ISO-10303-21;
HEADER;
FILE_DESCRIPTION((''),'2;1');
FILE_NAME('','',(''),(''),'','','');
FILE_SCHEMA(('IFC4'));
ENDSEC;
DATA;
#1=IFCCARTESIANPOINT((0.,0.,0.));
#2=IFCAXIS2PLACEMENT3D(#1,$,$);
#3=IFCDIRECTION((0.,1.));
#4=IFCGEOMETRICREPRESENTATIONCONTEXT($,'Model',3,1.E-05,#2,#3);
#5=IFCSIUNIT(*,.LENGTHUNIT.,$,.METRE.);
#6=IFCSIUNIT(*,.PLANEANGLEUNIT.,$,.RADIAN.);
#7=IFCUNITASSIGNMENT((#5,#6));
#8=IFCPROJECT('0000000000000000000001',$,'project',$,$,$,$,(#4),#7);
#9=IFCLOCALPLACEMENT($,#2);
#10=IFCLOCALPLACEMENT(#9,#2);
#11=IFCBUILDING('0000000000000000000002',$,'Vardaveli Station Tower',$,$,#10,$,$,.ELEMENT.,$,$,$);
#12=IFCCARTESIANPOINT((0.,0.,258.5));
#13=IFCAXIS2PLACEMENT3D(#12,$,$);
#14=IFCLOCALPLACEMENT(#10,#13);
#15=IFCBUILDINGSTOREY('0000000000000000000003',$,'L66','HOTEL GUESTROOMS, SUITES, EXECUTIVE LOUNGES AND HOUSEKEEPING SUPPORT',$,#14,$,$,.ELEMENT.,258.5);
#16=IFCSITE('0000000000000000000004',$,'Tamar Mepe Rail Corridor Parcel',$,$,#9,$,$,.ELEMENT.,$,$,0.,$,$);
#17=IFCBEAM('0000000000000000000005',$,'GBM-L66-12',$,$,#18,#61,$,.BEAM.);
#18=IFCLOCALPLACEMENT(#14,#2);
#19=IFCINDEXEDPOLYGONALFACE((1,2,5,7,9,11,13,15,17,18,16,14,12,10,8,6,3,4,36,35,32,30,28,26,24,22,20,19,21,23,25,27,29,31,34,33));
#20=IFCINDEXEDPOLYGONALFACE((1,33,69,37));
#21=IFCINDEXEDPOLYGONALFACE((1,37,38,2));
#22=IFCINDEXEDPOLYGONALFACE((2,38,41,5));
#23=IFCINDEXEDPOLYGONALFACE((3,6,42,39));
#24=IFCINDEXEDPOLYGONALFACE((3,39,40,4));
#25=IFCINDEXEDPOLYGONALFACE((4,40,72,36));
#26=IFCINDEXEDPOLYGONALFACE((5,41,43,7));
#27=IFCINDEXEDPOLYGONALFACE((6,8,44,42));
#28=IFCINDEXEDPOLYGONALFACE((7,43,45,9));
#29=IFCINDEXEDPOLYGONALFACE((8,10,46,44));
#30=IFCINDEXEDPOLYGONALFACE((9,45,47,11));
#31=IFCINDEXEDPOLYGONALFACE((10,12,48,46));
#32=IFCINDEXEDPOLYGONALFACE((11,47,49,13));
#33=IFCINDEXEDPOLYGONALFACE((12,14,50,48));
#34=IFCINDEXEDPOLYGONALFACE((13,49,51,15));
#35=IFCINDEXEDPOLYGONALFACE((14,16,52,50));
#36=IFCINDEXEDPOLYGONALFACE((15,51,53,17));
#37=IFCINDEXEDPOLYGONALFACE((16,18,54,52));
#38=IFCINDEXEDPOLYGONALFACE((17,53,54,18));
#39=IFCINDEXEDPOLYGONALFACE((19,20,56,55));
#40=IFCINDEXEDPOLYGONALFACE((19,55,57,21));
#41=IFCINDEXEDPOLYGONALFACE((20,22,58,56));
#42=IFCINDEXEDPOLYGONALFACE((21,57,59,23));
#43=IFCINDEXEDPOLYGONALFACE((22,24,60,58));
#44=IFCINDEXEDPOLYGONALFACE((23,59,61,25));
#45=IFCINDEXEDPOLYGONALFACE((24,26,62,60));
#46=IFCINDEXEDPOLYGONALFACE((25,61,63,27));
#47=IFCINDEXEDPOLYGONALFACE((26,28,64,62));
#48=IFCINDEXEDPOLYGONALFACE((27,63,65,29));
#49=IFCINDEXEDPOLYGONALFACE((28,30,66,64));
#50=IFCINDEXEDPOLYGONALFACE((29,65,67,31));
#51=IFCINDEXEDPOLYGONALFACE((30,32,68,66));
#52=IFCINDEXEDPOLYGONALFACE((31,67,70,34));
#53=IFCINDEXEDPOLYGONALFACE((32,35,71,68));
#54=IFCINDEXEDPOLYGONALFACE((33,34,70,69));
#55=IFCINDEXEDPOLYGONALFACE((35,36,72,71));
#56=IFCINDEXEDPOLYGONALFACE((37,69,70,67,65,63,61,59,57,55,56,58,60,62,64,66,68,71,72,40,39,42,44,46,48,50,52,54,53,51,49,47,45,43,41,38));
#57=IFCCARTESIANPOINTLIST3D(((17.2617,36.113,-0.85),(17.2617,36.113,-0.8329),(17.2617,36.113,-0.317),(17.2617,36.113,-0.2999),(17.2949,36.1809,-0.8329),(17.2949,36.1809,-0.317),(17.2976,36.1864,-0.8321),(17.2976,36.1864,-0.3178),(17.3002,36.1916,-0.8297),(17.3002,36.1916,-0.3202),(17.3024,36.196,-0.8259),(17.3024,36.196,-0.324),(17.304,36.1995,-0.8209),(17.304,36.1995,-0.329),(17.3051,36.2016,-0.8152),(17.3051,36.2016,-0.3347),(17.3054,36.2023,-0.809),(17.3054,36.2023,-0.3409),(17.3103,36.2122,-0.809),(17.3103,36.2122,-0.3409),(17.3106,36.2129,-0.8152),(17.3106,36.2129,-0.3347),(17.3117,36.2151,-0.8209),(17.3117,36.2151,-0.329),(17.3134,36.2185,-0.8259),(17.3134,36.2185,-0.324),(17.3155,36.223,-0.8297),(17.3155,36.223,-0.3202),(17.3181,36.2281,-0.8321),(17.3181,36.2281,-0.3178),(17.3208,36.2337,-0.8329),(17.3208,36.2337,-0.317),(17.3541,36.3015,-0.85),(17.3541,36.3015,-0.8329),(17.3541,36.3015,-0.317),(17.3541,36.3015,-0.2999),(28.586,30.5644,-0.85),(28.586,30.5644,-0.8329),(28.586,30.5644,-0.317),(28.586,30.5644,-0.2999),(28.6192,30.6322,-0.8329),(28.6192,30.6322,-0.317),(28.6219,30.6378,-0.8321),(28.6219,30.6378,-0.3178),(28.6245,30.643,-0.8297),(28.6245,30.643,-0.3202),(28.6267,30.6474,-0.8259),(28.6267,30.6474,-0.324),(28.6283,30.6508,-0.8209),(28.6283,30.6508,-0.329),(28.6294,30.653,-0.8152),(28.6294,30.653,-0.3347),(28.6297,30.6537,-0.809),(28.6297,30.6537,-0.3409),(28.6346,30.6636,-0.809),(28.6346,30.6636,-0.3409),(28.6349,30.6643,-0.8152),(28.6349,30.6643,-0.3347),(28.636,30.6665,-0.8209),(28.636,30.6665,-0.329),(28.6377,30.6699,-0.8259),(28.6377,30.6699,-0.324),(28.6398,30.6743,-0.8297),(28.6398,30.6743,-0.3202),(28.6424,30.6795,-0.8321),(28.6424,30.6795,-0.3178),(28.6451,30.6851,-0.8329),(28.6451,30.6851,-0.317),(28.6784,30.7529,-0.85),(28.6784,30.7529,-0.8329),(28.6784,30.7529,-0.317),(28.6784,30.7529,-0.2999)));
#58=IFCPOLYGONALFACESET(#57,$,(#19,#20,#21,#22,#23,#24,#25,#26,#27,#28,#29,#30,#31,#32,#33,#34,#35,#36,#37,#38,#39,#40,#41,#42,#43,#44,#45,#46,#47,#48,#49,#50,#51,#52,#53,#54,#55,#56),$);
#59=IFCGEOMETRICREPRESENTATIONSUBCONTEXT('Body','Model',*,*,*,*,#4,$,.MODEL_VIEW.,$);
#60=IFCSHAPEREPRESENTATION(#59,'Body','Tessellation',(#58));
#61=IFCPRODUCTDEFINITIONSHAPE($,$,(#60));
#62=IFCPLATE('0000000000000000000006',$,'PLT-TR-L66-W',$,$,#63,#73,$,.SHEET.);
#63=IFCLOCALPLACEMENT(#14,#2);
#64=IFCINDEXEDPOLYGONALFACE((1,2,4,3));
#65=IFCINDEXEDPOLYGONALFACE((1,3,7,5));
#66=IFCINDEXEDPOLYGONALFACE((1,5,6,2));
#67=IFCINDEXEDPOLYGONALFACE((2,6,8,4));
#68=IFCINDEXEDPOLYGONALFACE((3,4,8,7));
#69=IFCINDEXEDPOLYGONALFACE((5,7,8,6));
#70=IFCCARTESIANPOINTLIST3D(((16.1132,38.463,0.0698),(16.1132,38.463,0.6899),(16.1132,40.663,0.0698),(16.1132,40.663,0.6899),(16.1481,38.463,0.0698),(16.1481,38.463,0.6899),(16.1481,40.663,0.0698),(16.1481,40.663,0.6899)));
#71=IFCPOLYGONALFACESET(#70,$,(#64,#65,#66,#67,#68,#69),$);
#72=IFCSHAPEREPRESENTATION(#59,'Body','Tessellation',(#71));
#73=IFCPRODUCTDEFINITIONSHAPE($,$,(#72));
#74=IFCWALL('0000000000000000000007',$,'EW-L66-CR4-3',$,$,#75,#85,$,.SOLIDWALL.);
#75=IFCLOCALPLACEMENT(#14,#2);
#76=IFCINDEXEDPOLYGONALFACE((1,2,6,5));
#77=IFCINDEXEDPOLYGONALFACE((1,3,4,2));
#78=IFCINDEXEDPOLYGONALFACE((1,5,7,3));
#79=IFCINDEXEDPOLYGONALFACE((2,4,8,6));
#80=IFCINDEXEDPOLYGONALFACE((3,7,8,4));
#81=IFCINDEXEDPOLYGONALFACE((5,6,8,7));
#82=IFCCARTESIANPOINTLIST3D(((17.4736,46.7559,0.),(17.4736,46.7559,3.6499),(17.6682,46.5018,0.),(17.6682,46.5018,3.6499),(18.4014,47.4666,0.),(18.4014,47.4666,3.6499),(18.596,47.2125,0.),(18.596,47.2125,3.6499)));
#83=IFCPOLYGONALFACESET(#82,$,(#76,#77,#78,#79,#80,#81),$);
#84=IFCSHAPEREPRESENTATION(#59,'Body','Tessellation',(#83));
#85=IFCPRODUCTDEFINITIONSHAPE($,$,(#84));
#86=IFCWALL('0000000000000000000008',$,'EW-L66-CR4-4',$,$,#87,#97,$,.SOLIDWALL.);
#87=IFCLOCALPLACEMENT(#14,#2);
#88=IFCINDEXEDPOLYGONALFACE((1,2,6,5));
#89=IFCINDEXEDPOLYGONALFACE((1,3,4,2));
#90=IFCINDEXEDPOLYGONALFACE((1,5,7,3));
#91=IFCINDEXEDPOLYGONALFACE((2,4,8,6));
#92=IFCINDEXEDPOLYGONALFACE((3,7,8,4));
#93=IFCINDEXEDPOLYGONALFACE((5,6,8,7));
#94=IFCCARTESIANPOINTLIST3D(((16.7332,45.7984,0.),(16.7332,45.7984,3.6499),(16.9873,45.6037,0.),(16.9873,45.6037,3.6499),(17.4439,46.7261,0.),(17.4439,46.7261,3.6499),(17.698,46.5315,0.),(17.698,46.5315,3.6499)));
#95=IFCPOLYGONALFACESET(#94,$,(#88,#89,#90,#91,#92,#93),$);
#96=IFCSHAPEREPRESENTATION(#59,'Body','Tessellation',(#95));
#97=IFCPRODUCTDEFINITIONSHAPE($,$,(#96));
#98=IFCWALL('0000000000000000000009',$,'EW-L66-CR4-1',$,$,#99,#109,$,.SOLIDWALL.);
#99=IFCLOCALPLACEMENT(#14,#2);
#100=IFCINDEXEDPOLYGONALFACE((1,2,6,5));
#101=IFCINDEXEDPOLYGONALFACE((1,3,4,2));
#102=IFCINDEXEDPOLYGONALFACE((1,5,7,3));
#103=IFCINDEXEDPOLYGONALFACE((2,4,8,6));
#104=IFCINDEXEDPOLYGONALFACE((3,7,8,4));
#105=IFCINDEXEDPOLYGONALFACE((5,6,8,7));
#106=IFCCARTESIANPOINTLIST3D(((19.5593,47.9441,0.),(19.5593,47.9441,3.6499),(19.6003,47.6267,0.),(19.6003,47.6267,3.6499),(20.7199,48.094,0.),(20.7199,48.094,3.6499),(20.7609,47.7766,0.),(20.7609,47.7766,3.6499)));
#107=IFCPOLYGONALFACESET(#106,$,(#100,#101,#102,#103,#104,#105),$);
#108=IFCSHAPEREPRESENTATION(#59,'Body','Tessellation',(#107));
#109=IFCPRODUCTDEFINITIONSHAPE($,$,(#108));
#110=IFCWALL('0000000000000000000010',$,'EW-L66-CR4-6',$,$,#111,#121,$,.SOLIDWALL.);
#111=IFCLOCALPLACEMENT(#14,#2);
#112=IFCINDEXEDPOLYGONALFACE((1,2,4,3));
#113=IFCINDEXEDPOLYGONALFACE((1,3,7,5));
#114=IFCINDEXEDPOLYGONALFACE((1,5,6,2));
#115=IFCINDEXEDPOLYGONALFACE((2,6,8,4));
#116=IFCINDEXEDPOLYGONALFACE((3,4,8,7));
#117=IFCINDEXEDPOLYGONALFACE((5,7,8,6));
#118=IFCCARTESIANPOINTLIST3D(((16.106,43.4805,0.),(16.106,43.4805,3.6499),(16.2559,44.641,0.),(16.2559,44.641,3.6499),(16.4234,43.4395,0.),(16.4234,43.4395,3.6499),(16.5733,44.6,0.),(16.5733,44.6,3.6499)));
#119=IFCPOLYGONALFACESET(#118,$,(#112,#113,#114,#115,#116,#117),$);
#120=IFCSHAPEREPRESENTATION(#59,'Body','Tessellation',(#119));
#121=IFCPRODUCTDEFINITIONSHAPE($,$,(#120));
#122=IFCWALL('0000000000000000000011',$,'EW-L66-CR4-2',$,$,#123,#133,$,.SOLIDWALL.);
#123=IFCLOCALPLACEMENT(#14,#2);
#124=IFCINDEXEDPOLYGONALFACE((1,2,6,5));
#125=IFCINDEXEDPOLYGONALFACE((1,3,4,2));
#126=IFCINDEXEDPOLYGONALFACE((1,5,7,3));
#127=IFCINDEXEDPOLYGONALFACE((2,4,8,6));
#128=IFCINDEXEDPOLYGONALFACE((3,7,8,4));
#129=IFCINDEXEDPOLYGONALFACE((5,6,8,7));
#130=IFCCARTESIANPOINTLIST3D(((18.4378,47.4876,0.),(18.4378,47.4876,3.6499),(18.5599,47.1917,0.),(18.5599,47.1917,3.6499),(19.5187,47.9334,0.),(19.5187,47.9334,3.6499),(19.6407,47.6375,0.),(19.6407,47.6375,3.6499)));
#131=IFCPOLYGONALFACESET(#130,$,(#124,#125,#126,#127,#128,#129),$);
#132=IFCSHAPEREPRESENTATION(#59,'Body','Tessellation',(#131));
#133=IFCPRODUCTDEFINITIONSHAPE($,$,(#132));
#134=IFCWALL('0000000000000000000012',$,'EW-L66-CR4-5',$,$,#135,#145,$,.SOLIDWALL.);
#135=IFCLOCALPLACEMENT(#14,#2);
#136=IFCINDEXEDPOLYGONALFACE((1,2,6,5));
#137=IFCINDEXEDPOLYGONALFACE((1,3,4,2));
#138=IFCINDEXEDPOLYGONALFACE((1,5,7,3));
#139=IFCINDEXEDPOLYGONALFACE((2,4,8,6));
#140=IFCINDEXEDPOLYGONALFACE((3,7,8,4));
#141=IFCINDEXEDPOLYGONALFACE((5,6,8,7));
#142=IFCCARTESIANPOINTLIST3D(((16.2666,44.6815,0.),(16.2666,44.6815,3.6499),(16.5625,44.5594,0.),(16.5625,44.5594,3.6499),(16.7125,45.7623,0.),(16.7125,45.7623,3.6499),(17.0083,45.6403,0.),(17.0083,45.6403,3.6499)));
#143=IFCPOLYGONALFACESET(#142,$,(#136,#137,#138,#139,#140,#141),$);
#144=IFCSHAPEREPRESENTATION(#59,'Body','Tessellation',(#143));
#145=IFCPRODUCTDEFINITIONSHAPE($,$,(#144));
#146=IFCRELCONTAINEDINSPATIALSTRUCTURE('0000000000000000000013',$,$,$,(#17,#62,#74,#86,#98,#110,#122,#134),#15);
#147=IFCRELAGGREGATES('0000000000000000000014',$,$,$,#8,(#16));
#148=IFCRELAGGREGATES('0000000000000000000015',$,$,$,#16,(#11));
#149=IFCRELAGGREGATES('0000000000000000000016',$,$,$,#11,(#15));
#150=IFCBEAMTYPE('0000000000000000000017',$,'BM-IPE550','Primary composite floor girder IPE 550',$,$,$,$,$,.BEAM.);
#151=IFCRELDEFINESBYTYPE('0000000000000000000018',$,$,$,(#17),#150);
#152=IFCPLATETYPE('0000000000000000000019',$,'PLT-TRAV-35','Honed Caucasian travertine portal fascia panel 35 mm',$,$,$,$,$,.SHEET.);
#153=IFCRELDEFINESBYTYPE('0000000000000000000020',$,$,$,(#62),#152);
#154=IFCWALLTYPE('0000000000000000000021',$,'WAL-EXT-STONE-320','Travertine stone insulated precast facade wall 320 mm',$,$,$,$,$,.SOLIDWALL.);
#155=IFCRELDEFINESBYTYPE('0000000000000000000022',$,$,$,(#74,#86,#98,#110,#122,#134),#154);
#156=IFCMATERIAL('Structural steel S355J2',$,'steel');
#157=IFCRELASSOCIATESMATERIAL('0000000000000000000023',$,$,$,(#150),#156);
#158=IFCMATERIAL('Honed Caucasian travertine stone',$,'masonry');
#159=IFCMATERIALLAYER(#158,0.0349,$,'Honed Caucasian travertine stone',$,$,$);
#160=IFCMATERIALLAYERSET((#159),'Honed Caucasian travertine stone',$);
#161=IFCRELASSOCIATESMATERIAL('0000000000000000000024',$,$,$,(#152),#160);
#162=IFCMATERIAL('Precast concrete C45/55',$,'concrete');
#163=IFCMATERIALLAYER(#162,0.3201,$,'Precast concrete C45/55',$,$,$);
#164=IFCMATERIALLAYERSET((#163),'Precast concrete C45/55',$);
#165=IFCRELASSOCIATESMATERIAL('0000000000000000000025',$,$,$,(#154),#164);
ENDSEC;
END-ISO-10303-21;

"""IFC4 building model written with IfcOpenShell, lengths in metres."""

from ifc_helpers import new_model, si_unit, direction, frame, frame_2d, origin, origin_2d, place, context, subcontext, project, spatial, rectangle, i_section, extrude, source, transform, mapped, material, layer, layer_set, material_profile, profile_set, type_object, element, save


model = new_model("IFC4")

# Units and contexts
model_context = context("Model", 3, precision=1e-05, world=origin(), true_north=direction((0.0, 1.0)))
body_context = subcontext(model_context, "Body", "Model", "MODEL_VIEW")
ifc_project = project(units=[si_unit("LENGTHUNIT", "METRE"), si_unit("PLANEANGLEUNIT", "RADIAN")], contexts=[model_context])

# Site, building, storey
site_placement = place(None, origin())
site = spatial("IfcSite", under=ifc_project, at=site_placement, Name="Tamar Mepe Rail Corridor Parcel", CompositionType="ELEMENT", RefElevation=0.0)
building_placement = place(site_placement, origin())
building = spatial("IfcBuilding", under=site, at=building_placement, Name="Vardaveli Station Tower", CompositionType="ELEMENT")
storey_placement = place(building_placement, frame((0.0, 0.0, 258.5)))
storey = spatial("IfcBuildingStorey", under=building, at=storey_placement, Name="L66", Description="HOTEL GUESTROOMS, SUITES, EXECUTIVE LOUNGES AND HOUSEKEEPING SUPPORT", CompositionType="ELEMENT", Elevation=258.5)

# Beam
ifc_material_1 = material(Name="Precast concrete C45/55", Category="concrete")
ifc_material_2 = material(Name="Structural steel S355J2", Category="steel")
ifc_material_profile_1 = material_profile(ifc_material_2, i_section(OverallWidth=0.21, OverallDepth=0.55, WebThickness=0.011, FlangeThickness=0.0171, FilletRadius=0.0239, at=origin_2d()), Name="IPE 550")
ifc_profile_set_1 = profile_set([ifc_material_profile_1], Name="Structural steel S355J2")
beam_type_1 = type_object("IfcBeamType", Name="BM-IPE550", Description="Primary composite floor girder IPE 550", PredefinedType="BEAM", material=ifc_profile_set_1)
shared_shape_1 = source(origin(), body_context, "Body", "SweptSolid", [
    extrude(i_section(OverallWidth=0.21, OverallDepth=0.55, WebThickness=0.011, FlangeThickness=0.0171, FilletRadius=0.0239, at=origin_2d()), origin(), (0.0, 0.0, 1.0), 12.6106),
])
beam_1_placement = place(storey_placement, frame((17.3079, 36.2073, -0.575), z_axis=(0.897999, -0.439997, 0.0), x_axis=(0.439997, 0.897999, 0.0)))
element("IfcBeam", 1, at=beam_1_placement, inside=storey, type_object=beam_type_1, Name="GBM-L66-12", PredefinedType="BEAM", context=body_context, shape_type="MappedRepresentation", body=[
    mapped(shared_shape_1, transform((0.0, 0.0, 0.0), scale=1.0)),
])

# Plate
ifc_material_3 = material(Name="Honed Caucasian travertine stone", Category="masonry")
ifc_layer_1 = layer(ifc_material_3, 0.0349, Name="Honed Caucasian travertine stone")
ifc_layer_set_1 = layer_set([ifc_layer_1], Name="Honed Caucasian travertine stone")
plate_type = type_object("IfcPlateType", Name="PLT-TRAV-35", Description="Honed Caucasian travertine portal fascia panel 35 mm", PredefinedType="SHEET", material=ifc_layer_set_1)
shared_shape_2 = source(origin(), body_context, "Body", "SweptSolid", [
    extrude(rectangle(XDim=2.2, YDim=0.0349, at=origin_2d()), origin(), (0.0, 0.0, 1.0), 0.6201),
])
plate_placement = place(storey_placement, frame((16.1306, 39.563, 0.0698), z_axis=(0.0, 0.0, 1.0), x_axis=(0.0, 1.0, 0.0)))
element("IfcPlate", 2, at=plate_placement, inside=storey, type_object=plate_type, Name="PLT-TR-L66-W", PredefinedType="SHEET", context=body_context, shape_type="MappedRepresentation", body=[
    mapped(shared_shape_2, transform((0.0, 0.0, 0.0), scale=1.0)),
])

# Walls
ifc_layer_2 = layer(ifc_material_1, 0.3201, Name="Precast concrete C45/55")
ifc_layer_set_2 = layer_set([ifc_layer_2], Name="Precast concrete C45/55")
wall_type_1 = type_object("IfcWallType", Name="WAL-EXT-STONE-320", Description="Travertine stone insulated precast facade wall 320 mm", PredefinedType="SOLIDWALL", material=ifc_layer_set_2)
shared_shape_3 = source(origin(), body_context, "Body", "SweptSolid", [
    extrude(rectangle(XDim=1.1687, YDim=0.3201, at=frame_2d((0.5845, 0.0))), origin(), (0.0, 0.0, 1.0), 3.6499),
])
for number, where, z_axis, x_axis, name in (
    (3, (18.4988, 47.3396, 0.0), (0.0, 0.0, 1.0), (-0.793842, -0.608124, 0.0), "EW-L66-CR4-3"),
    (4, (17.571, 46.6289, 0.0), (0.0, 0.0, 1.0), (-0.608124, -0.793842, 0.0), "EW-L66-CR4-4"),
):
    element("IfcWall", number, at=place(storey_placement, frame(where, z_axis=z_axis, x_axis=x_axis)), inside=storey, type_object=wall_type_1, Name=name, PredefinedType="SOLIDWALL", context=body_context, shape_type="MappedRepresentation", body=[
        mapped(shared_shape_3, transform((0.0, 0.0, 0.0), scale=1.0)),
    ])
shared_shape_4 = source(origin(), body_context, "Body", "SweptSolid", [
    extrude(rectangle(XDim=1.1702, YDim=0.3201, at=frame_2d((0.585, 0.0))), origin(), (0.0, 0.0, 1.0), 3.6499),
])
for number, where, z_axis, x_axis, name in (
    (5, (20.7402, 47.9353, 0.0), (0.0, 0.0, 1.0), (-0.991762, -0.12809, 0.0), "EW-L66-CR4-1"),
    (6, (16.4146, 44.6204, 0.0), (0.0, 0.0, 1.0), (-0.12809, -0.991762, 0.0), "EW-L66-CR4-6"),
):
    element("IfcWall", number, at=place(storey_placement, frame(where, z_axis=z_axis, x_axis=x_axis)), inside=storey, type_object=wall_type_1, Name=name, PredefinedType="SOLIDWALL", context=body_context, shape_type="MappedRepresentation", body=[
        mapped(shared_shape_4, transform((0.0, 0.0, 0.0), scale=1.0)),
    ])
shared_shape_5 = source(origin(), body_context, "Body", "SweptSolid", [
    extrude(rectangle(XDim=1.1692, YDim=0.3201, at=frame_2d((0.5845, 0.0))), origin(), (0.0, 0.0, 1.0), 3.6499),
])
for number, where, z_axis, x_axis, name in (
    (7, (19.5796, 47.7854, 0.0), (0.0, 0.0, 1.0), (-0.924449, -0.381306, 0.0), "EW-L66-CR4-2"),
    (8, (16.8604, 45.7012, 0.0), (0.0, 0.0, 1.0), (-0.381306, -0.924449, 0.0), "EW-L66-CR4-5"),
):
    element("IfcWall", number, at=place(storey_placement, frame(where, z_axis=z_axis, x_axis=x_axis)), inside=storey, type_object=wall_type_1, Name=name, PredefinedType="SOLIDWALL", context=body_context, shape_type="MappedRepresentation", body=[
        mapped(shared_shape_5, transform((0.0, 0.0, 0.0), scale=1.0)),
    ])

save(model, "model.ifc")
